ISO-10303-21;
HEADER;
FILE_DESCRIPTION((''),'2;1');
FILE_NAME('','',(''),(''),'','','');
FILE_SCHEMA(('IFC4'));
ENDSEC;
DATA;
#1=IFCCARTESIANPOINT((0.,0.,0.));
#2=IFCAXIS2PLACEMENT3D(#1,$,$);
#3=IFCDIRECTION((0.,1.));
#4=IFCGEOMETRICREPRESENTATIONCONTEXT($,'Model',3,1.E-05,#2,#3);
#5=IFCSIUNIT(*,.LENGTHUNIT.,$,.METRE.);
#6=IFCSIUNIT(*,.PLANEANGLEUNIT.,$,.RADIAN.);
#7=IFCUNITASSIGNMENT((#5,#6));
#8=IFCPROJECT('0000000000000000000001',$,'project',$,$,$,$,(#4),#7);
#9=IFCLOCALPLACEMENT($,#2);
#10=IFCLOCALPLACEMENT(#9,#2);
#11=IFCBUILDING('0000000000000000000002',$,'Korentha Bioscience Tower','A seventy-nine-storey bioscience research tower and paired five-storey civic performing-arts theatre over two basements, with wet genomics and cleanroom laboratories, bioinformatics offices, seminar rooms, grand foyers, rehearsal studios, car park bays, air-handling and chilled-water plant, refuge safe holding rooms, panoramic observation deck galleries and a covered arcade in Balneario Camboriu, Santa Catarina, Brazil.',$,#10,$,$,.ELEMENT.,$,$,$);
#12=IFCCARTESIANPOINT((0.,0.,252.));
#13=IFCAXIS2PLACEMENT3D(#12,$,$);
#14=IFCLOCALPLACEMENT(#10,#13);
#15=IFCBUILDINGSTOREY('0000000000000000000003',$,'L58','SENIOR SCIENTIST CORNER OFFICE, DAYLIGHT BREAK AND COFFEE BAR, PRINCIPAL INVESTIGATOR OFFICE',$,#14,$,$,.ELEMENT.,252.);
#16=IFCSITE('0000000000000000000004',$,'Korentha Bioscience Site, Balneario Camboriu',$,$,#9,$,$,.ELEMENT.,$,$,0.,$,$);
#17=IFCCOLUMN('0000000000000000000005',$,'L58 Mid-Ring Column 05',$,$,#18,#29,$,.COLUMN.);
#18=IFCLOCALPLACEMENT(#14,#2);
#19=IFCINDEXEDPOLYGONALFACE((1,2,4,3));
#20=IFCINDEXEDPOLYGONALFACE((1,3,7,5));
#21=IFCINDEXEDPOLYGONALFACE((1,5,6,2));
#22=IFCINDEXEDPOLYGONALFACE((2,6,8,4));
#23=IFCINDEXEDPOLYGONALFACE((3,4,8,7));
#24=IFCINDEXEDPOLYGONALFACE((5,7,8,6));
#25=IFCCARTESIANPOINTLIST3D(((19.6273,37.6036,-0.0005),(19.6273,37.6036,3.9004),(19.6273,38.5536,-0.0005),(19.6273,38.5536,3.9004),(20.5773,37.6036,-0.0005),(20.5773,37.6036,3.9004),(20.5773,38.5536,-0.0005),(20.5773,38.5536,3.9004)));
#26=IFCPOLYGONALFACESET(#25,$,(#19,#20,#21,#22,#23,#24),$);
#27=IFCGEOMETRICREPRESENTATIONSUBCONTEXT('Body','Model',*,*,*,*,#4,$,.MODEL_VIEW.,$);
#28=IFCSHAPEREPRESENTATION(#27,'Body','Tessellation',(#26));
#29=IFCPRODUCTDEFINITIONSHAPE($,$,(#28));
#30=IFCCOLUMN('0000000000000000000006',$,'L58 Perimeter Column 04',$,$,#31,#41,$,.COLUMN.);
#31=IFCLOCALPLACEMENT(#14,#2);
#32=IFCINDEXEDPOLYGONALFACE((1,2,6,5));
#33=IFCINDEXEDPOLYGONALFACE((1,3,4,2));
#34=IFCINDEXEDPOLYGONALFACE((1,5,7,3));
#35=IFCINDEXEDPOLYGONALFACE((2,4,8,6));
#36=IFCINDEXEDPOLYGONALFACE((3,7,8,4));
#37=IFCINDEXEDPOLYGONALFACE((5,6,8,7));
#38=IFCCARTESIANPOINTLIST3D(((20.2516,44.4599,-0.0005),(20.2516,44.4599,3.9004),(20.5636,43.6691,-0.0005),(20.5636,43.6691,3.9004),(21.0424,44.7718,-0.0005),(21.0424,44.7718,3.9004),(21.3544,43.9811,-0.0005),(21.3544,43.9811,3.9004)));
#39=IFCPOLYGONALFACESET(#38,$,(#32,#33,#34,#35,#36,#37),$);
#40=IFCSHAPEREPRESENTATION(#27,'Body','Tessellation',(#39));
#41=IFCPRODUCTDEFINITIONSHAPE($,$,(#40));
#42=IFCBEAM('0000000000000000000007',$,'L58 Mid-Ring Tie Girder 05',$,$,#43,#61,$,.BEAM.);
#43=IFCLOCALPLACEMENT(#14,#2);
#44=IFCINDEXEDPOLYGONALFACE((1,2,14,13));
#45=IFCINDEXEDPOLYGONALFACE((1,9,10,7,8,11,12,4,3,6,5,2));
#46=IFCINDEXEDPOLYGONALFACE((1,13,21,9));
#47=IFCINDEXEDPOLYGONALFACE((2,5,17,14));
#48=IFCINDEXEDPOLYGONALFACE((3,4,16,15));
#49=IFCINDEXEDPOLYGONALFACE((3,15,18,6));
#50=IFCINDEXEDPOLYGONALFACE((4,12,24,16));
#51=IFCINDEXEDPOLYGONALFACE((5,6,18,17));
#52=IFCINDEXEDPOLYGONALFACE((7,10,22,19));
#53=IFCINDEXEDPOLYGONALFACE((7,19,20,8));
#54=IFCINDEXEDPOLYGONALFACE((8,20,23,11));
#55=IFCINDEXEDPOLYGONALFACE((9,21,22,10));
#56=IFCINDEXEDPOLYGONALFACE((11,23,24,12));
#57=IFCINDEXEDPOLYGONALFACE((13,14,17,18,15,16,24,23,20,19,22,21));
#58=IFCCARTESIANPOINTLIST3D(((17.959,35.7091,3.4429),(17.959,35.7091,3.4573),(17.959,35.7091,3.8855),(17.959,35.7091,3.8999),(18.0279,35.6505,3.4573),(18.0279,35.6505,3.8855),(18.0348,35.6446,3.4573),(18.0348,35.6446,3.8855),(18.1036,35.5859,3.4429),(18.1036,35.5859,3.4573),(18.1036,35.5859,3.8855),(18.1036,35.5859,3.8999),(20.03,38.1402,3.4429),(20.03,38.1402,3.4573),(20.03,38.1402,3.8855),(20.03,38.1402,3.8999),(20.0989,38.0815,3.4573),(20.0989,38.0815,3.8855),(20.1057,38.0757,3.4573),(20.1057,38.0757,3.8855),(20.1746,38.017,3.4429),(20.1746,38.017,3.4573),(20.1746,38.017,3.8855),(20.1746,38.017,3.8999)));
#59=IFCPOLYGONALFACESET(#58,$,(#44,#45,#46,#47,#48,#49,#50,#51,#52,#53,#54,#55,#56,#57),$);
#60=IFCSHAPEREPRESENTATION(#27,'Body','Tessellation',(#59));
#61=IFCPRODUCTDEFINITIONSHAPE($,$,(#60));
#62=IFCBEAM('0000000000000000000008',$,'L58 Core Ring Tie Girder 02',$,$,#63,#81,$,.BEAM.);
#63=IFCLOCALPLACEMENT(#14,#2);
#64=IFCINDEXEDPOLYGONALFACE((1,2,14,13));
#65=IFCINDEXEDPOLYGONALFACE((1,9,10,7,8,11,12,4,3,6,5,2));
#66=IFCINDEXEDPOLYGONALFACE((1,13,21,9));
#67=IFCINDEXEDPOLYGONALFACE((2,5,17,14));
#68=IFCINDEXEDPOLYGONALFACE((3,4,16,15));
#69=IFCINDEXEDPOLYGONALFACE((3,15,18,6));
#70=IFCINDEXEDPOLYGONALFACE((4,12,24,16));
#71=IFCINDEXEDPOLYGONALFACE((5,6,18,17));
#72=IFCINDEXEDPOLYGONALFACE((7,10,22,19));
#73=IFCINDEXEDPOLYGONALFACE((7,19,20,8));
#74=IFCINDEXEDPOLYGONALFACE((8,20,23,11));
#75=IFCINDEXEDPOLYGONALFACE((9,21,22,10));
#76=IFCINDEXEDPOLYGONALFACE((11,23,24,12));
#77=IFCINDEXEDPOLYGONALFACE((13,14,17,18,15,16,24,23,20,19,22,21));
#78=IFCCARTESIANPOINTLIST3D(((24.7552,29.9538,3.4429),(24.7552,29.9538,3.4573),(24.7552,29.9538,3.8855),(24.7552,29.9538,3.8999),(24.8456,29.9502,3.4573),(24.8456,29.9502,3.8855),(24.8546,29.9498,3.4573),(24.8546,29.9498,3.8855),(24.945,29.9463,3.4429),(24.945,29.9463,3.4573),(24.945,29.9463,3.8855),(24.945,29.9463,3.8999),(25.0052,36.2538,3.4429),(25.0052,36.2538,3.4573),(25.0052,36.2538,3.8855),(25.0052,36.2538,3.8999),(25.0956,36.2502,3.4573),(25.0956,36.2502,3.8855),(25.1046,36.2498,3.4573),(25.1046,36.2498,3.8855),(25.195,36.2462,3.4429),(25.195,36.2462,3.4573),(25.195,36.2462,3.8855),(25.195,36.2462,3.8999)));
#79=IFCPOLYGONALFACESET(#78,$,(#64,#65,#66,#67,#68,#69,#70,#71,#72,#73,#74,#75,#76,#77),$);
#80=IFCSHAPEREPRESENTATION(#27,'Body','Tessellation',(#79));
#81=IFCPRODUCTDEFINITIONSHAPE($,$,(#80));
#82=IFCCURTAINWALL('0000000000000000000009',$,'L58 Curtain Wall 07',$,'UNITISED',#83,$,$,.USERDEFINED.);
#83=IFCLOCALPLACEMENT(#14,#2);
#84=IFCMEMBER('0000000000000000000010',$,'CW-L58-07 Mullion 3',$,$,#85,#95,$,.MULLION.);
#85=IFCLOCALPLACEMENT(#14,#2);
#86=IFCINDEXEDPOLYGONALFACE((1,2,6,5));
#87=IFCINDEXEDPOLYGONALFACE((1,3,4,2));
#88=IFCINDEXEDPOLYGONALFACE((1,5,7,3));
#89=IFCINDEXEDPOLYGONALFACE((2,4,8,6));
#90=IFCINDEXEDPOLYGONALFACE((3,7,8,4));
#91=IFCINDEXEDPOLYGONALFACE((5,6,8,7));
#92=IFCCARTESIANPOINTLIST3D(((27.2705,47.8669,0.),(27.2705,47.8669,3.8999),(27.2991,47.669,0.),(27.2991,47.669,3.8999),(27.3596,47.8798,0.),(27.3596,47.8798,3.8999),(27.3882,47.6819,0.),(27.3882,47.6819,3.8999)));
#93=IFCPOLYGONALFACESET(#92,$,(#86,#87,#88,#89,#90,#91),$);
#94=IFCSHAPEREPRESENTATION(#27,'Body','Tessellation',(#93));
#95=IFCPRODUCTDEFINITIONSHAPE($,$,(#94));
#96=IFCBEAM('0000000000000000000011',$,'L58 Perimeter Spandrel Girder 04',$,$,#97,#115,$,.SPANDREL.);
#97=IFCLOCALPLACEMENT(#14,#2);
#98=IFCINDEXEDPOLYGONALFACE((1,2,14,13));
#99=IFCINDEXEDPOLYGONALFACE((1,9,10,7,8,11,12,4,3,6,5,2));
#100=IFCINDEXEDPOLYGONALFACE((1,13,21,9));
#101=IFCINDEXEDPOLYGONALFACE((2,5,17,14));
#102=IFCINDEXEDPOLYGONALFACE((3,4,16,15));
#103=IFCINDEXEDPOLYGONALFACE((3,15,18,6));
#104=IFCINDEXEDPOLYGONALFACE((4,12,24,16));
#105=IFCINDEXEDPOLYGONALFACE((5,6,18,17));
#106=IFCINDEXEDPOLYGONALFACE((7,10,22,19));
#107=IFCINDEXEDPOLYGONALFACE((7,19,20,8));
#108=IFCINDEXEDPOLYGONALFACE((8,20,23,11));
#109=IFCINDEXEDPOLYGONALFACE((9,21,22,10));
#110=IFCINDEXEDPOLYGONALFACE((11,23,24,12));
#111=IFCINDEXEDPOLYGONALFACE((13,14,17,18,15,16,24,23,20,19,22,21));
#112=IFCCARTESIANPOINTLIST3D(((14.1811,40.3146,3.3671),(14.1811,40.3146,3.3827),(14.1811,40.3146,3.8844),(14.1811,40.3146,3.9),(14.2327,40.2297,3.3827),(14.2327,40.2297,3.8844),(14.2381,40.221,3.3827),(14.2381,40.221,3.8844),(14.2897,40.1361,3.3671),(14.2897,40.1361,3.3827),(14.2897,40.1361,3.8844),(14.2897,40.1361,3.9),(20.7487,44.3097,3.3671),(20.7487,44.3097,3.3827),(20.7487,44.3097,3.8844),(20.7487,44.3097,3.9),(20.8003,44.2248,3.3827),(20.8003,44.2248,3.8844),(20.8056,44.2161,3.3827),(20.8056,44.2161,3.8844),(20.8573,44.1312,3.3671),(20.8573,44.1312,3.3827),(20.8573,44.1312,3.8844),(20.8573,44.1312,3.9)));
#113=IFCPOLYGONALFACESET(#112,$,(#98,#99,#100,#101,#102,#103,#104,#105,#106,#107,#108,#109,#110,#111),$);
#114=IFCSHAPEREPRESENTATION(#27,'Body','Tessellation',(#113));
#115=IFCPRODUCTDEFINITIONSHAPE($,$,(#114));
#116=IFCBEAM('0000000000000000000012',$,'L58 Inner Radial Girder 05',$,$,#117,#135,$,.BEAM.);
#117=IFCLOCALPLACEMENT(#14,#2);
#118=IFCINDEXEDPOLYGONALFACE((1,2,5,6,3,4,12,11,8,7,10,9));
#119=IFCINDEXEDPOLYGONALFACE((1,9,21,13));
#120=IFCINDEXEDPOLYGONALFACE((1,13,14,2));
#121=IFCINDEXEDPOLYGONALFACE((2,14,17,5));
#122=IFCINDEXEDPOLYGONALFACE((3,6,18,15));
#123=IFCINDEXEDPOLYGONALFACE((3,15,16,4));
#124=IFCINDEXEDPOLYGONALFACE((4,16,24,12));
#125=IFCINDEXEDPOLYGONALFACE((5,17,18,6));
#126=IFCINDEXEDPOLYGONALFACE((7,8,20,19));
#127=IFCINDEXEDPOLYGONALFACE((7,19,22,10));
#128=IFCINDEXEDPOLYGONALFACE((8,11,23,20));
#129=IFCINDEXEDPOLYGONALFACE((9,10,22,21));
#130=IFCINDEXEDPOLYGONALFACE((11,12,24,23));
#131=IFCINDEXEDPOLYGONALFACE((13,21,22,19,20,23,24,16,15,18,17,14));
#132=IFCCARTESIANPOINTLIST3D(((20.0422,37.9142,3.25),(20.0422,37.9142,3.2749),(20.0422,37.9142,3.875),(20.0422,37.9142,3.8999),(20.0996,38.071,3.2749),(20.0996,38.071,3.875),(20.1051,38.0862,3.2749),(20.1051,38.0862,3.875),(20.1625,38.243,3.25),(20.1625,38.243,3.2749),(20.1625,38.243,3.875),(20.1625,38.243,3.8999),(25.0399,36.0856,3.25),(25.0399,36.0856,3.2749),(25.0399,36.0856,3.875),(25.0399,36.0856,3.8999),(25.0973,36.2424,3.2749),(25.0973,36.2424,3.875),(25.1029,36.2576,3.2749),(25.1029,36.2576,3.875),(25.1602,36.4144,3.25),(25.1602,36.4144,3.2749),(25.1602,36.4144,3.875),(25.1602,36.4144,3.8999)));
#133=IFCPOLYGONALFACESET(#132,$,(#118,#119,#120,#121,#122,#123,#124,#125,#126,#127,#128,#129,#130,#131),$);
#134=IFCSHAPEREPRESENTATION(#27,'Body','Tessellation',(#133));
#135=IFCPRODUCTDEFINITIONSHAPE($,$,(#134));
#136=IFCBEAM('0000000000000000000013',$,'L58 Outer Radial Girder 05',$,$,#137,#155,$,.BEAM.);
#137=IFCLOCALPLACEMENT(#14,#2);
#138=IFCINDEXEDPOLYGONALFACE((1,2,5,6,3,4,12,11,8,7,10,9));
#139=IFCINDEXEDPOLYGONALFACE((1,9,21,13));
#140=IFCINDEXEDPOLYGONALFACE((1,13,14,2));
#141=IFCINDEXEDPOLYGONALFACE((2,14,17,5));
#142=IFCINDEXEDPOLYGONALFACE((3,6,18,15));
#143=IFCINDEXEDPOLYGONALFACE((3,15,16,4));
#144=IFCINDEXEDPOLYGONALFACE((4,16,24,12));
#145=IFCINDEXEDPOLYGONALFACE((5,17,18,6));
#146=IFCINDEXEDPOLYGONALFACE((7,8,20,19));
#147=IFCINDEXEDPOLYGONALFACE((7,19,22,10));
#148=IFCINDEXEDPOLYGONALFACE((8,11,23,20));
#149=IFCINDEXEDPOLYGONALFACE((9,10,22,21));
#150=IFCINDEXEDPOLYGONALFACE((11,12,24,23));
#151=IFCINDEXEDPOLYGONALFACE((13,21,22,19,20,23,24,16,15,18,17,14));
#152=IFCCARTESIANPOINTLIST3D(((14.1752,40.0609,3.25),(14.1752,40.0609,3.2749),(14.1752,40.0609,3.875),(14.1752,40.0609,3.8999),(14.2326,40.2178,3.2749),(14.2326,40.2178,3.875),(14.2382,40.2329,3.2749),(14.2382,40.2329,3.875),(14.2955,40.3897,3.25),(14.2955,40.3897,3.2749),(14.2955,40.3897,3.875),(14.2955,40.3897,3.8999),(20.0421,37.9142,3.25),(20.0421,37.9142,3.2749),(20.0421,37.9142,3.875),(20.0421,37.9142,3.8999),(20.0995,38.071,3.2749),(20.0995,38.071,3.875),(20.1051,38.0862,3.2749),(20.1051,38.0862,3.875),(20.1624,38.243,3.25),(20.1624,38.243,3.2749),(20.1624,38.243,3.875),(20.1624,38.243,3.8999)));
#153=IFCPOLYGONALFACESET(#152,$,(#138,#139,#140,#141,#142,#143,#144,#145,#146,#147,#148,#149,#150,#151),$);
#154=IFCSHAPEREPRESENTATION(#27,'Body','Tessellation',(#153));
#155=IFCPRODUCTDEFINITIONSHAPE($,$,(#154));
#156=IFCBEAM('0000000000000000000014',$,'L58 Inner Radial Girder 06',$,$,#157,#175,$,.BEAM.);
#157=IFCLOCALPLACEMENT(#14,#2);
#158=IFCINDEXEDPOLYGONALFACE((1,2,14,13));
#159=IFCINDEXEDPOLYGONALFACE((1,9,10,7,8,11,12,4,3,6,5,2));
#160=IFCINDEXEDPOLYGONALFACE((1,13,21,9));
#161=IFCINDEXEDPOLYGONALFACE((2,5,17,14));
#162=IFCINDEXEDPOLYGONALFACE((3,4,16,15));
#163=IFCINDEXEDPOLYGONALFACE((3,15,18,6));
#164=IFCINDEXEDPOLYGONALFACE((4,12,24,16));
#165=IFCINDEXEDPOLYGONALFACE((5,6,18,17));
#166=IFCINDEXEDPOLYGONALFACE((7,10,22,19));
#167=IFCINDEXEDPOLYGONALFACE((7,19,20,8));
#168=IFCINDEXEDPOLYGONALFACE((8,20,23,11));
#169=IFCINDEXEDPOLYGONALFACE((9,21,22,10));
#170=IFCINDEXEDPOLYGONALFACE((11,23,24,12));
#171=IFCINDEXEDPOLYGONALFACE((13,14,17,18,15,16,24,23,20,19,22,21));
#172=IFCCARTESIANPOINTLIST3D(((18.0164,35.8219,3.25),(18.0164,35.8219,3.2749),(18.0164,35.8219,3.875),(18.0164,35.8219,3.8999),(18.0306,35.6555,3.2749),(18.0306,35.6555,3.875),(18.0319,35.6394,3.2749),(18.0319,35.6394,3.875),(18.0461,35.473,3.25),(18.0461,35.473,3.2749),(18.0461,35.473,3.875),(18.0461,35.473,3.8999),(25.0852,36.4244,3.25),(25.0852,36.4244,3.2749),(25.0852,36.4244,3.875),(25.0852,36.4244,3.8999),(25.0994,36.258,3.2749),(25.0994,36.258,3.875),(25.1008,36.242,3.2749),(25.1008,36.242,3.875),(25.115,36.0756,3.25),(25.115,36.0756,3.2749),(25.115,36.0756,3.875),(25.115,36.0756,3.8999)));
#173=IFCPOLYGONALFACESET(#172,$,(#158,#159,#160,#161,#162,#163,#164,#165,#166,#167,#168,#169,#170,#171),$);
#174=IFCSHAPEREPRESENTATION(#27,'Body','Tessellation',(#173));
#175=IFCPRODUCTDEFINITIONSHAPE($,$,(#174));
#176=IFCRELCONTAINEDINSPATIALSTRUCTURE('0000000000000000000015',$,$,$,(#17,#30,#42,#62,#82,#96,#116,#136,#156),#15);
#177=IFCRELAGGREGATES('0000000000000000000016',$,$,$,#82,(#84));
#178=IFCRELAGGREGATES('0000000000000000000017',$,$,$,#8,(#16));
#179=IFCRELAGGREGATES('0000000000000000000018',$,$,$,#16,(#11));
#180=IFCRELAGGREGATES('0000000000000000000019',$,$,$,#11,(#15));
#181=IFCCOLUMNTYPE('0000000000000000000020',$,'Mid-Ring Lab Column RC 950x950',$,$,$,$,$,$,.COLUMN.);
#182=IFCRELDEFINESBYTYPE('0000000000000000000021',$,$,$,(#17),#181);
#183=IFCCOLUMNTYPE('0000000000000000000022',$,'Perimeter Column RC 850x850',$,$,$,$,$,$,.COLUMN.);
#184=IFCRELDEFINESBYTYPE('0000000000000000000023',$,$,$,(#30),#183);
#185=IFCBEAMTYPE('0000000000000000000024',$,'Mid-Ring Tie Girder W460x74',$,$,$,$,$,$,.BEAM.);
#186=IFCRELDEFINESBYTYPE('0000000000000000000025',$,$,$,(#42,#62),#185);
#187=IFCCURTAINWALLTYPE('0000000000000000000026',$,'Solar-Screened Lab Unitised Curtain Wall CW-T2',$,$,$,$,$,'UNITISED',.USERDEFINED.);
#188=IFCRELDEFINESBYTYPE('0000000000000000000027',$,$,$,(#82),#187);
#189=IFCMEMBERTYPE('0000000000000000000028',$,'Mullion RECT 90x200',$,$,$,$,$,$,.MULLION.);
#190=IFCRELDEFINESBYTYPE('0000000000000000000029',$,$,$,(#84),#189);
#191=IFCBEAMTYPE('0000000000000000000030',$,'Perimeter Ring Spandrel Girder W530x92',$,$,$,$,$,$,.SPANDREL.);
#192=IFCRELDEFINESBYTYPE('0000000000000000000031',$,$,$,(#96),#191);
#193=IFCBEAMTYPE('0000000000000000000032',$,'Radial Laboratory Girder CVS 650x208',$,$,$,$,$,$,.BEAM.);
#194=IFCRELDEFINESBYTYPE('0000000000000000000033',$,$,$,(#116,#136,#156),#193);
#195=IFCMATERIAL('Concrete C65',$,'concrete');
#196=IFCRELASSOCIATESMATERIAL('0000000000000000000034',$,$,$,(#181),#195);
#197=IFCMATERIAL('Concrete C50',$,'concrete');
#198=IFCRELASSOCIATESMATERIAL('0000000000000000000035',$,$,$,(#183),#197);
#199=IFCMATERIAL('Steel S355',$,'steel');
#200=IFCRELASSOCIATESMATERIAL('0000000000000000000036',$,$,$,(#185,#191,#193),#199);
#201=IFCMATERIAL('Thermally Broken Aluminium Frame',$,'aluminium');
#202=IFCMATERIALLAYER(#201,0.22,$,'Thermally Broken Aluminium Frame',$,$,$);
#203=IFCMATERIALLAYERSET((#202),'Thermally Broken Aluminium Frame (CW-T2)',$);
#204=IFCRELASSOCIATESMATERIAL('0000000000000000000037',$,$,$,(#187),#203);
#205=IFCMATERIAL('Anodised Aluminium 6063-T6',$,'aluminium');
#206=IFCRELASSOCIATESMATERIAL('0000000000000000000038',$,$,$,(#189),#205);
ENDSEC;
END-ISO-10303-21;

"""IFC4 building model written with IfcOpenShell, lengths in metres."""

from ifc_helpers import new_model, si_unit, direction, frame, origin, origin_2d, place, context, subcontext, project, spatial, rectangle, i_section, extrude, material, layer, layer_set, material_profile, profile_set, type_object, element, aggregate, save


model = new_model("IFC4")

# Units and contexts
model_context = context("Model", 3, precision=1e-05, world=origin(), true_north=direction((0.0, 1.0)))
body_context = subcontext(model_context, "Body", "Model", "MODEL_VIEW")
ifc_project = project(units=[si_unit("LENGTHUNIT", "METRE"), si_unit("PLANEANGLEUNIT", "RADIAN")], contexts=[model_context])

# Site, building, storey
site_placement = place(None, origin())
site = spatial("IfcSite", under=ifc_project, at=site_placement, Name="Korentha Bioscience Site, Balneario Camboriu", CompositionType="ELEMENT", RefElevation=0.0)
building_placement = place(site_placement, origin())
building = spatial("IfcBuilding", under=site, at=building_placement, Name="Korentha Bioscience Tower", Description="A seventy-nine-storey bioscience research tower and paired five-storey civic performing-arts theatre over two basements, with wet genomics and cleanroom laboratories, bioinformatics offices, seminar rooms, grand foyers, rehearsal studios, car park bays, air-handling and chilled-water plant, refuge safe holding rooms, panoramic observation deck galleries and a covered arcade in Balneario Camboriu, Santa Catarina, Brazil.", CompositionType="ELEMENT")
storey_placement = place(building_placement, frame((0.0, 0.0, 252.0)))
storey = spatial("IfcBuildingStorey", under=building, at=storey_placement, Name="L58", Description="SENIOR SCIENTIST CORNER OFFICE, DAYLIGHT BREAK AND COFFEE BAR, PRINCIPAL INVESTIGATOR OFFICE", CompositionType="ELEMENT", Elevation=252.0)

# Columns
ifc_material_1 = material(Name="Concrete C65", Category="concrete")
ifc_material_profile_1 = material_profile(ifc_material_1, rectangle(XDim=0.95, YDim=0.95, at=origin_2d()), Name="Concrete C65")
ifc_profile_set_1 = profile_set([ifc_material_profile_1], Name="Concrete C65 (COL-MR09)")
column_type_1 = type_object("IfcColumnType", Name="Mid-Ring Lab Column RC 950x950", PredefinedType="COLUMN", material=ifc_profile_set_1)
column_1_placement = place(storey_placement, frame((20.1023, 38.0786, -0.0005), z_axis=(0.0, 0.0, 1.0), x_axis=(1.0, 0.0, 0.0)))
element("IfcColumn", 1, at=column_1_placement, inside=storey, type_object=column_type_1, Name="L58 Mid-Ring Column 05", PredefinedType="COLUMN", context=body_context, shape_type="SweptSolid", body=[
    extrude(rectangle(XDim=0.95, YDim=0.95, at=origin_2d()), origin(), (0.0, 0.0, 1.0), 3.9009),
])
ifc_material_2 = material(Name="Concrete C50", Category="concrete")
ifc_material_profile_2 = material_profile(ifc_material_2, rectangle(XDim=0.8501, YDim=0.8501, at=origin_2d()), Name="Concrete C50")
ifc_profile_set_2 = profile_set([ifc_material_profile_2], Name="Concrete C50 (COL-P08)")
column_type_2 = type_object("IfcColumnType", Name="Perimeter Column RC 850x850", PredefinedType="COLUMN", material=ifc_profile_set_2)
column_2_placement = place(storey_placement, frame((20.803, 44.2205, -0.0005), z_axis=(0.0, 0.0, 1.0), x_axis=(0.930226, 0.366988, 0.0)))
element("IfcColumn", 2, at=column_2_placement, inside=storey, type_object=column_type_2, Name="L58 Perimeter Column 04", PredefinedType="COLUMN", context=body_context, shape_type="SweptSolid", body=[
    extrude(rectangle(XDim=0.8501, YDim=0.8501, at=origin_2d()), origin(), (0.0, 0.0, 1.0), 3.9009),
])

# Beams
ifc_material_3 = material(Name="Steel S355", Category="steel")
ifc_material_profile_3 = material_profile(ifc_material_3, i_section(OverallWidth=0.1899, OverallDepth=0.457, WebThickness=0.009, FlangeThickness=0.0144, at=origin_2d()), Name="Steel S355")
ifc_profile_set_3 = profile_set([ifc_material_profile_3], Name="Steel S355 (MB-460)")
beam_type_1 = type_object("IfcBeamType", Name="Mid-Ring Tie Girder W460x74", PredefinedType="BEAM", material=ifc_profile_set_3)
beam_1_placement = place(storey_placement, frame((20.1023, 38.0786, 3.6714), z_axis=(-0.648478, -0.761233, 0.0), x_axis=(0.761233, -0.648478, 0.0)))
element("IfcBeam", 3, at=beam_1_placement, inside=storey, type_object=beam_type_1, Name="L58 Mid-Ring Tie Girder 05", PredefinedType="BEAM", context=body_context, shape_type="SweptSolid", body=[
    extrude(i_section(OverallWidth=0.1899, OverallDepth=0.457, WebThickness=0.009, FlangeThickness=0.0144, at=origin_2d()), origin(), (0.0, 0.0, 1.0), 3.1936),
])
beam_2_placement = place(storey_placement, frame((25.1001, 36.25, 3.6714), z_axis=(-0.039651, -0.999214, 0.0), x_axis=(0.999214, -0.039651, 0.0)))
element("IfcBeam", 4, at=beam_2_placement, inside=storey, type_object=beam_type_1, Name="L58 Core Ring Tie Girder 02", PredefinedType="BEAM", context=body_context, shape_type="SweptSolid", body=[
    extrude(i_section(OverallWidth=0.1899, OverallDepth=0.457, WebThickness=0.009, FlangeThickness=0.0144, at=origin_2d()), origin(), (0.0, 0.0, 1.0), 6.3049),
])

# Curtain wall, member
ifc_material_4 = material(Name="Thermally Broken Aluminium Frame", Category="aluminium")
ifc_layer_1 = layer(ifc_material_4, 0.22, Name="Thermally Broken Aluminium Frame")
ifc_layer_set_1 = layer_set([ifc_layer_1], Name="Thermally Broken Aluminium Frame (CW-T2)")
curtain_wall_type = type_object("IfcCurtainWallType", Name="Solar-Screened Lab Unitised Curtain Wall CW-T2", ElementType="UNITISED", PredefinedType="USERDEFINED", material=ifc_layer_set_1)
curtain_wall_placement = place(storey_placement, origin())
curtain_wall = element("IfcCurtainWall", 5, at=curtain_wall_placement, inside=storey, type_object=curtain_wall_type, Name="L58 Curtain Wall 07", ObjectType="UNITISED", PredefinedType="USERDEFINED")
ifc_material_5 = material(Name="Anodised Aluminium 6063-T6", Category="aluminium")
ifc_material_profile_4 = material_profile(ifc_material_5, rectangle(XDim=0.0901, YDim=0.2, at=origin_2d()), Name="Anodised Aluminium 6063-T6")
ifc_profile_set_4 = profile_set([ifc_material_profile_4], Name="Anodised Aluminium 6063-T6 (CW-MUL)")
member_type_1 = type_object("IfcMemberType", Name="Mullion RECT 90x200", PredefinedType="MULLION", material=ifc_profile_set_4)
member_1_placement = place(storey_placement, frame((27.3293, 47.7744, 0.0), z_axis=(0.0, 0.0, 1.0), x_axis=(-0.989729, -0.142956, 0.0)))
member_1 = element("IfcMember", 6, at=member_1_placement, type_object=member_type_1, Name="CW-L58-07 Mullion 3", PredefinedType="MULLION", context=body_context, shape_type="SweptSolid", body=[
    extrude(rectangle(XDim=0.0901, YDim=0.2, at=origin_2d()), origin(), (0.0, 0.0, 1.0), 3.8999),
])

# Beams
ifc_material_profile_5 = material_profile(ifc_material_3, i_section(OverallWidth=0.209, OverallDepth=0.533, WebThickness=0.0103, FlangeThickness=0.0156, at=origin_2d()), Name="Steel S355")
ifc_profile_set_5 = profile_set([ifc_material_profile_5], Name="Steel S355 (SB-530)")
beam_type_2 = type_object("IfcBeamType", Name="Perimeter Ring Spandrel Girder W530x92", PredefinedType="SPANDREL", material=ifc_profile_set_5)
beam_3_placement = place(storey_placement, frame((20.803, 44.2205, 3.6335), z_axis=(-0.854347, -0.519703, 0.0), x_axis=(0.519703, -0.854347, 0.0)))
element("IfcBeam", 7, at=beam_3_placement, inside=storey, type_object=beam_type_2, Name="L58 Perimeter Spandrel Girder 04", PredefinedType="SPANDREL", context=body_context, shape_type="SweptSolid", body=[
    extrude(i_section(OverallWidth=0.209, OverallDepth=0.533, WebThickness=0.0103, FlangeThickness=0.0156, at=origin_2d()), origin(), (0.0, 0.0, 1.0), 7.6873),
])
ifc_material_profile_6 = material_profile(ifc_material_3, i_section(OverallWidth=0.3501, OverallDepth=0.6499, WebThickness=0.0161, FlangeThickness=0.0249, at=origin_2d()), Name="Steel S355")
ifc_profile_set_6 = profile_set([ifc_material_profile_6], Name="Steel S355 (RB-650)")
beam_type_3 = type_object("IfcBeamType", Name="Radial Laboratory Girder CVS 650x208", PredefinedType="BEAM", material=ifc_profile_set_6)
beam_4_placement = place(storey_placement, frame((25.1001, 36.25, 3.575), z_axis=(-0.939114, 0.343606, 0.0), x_axis=(-0.343606, -0.939114, 0.0)))
element("IfcBeam", 8, at=beam_4_placement, inside=storey, type_object=beam_type_3, Name="L58 Inner Radial Girder 05", PredefinedType="BEAM", context=body_context, shape_type="SweptSolid", body=[
    extrude(i_section(OverallWidth=0.3501, OverallDepth=0.6499, WebThickness=0.0161, FlangeThickness=0.0249, at=origin_2d()), origin(), (0.0, 0.0, 1.0), 5.3218),
])
beam_5_placement = place(storey_placement, frame((20.1023, 38.0786, 3.575), z_axis=(-0.939108, 0.343622, 0.0), x_axis=(-0.343622, -0.939108, 0.0)))
element("IfcBeam", 9, at=beam_5_placement, inside=storey, type_object=beam_type_3, Name="L58 Outer Radial Girder 05", PredefinedType="BEAM", context=body_context, shape_type="SweptSolid", body=[
    extrude(i_section(OverallWidth=0.3501, OverallDepth=0.6499, WebThickness=0.0161, FlangeThickness=0.0249, at=origin_2d()), origin(), (0.0, 0.0, 1.0), 6.2473),
])
beam_6_placement = place(storey_placement, frame((25.1001, 36.25, 3.575), z_axis=(-0.996387, -0.084931, 0.0), x_axis=(0.084931, -0.996387, 0.0)))
element("IfcBeam", 10, at=beam_6_placement, inside=storey, type_object=beam_type_3, Name="L58 Inner Radial Girder 06", PredefinedType="BEAM", context=body_context, shape_type="SweptSolid", body=[
    extrude(i_section(OverallWidth=0.3501, OverallDepth=0.6499, WebThickness=0.0161, FlangeThickness=0.0249, at=origin_2d()), origin(), (0.0, 0.0, 1.0), 7.0945),
])

aggregate(curtain_wall, [member_1])

save(model, "model.ifc")
